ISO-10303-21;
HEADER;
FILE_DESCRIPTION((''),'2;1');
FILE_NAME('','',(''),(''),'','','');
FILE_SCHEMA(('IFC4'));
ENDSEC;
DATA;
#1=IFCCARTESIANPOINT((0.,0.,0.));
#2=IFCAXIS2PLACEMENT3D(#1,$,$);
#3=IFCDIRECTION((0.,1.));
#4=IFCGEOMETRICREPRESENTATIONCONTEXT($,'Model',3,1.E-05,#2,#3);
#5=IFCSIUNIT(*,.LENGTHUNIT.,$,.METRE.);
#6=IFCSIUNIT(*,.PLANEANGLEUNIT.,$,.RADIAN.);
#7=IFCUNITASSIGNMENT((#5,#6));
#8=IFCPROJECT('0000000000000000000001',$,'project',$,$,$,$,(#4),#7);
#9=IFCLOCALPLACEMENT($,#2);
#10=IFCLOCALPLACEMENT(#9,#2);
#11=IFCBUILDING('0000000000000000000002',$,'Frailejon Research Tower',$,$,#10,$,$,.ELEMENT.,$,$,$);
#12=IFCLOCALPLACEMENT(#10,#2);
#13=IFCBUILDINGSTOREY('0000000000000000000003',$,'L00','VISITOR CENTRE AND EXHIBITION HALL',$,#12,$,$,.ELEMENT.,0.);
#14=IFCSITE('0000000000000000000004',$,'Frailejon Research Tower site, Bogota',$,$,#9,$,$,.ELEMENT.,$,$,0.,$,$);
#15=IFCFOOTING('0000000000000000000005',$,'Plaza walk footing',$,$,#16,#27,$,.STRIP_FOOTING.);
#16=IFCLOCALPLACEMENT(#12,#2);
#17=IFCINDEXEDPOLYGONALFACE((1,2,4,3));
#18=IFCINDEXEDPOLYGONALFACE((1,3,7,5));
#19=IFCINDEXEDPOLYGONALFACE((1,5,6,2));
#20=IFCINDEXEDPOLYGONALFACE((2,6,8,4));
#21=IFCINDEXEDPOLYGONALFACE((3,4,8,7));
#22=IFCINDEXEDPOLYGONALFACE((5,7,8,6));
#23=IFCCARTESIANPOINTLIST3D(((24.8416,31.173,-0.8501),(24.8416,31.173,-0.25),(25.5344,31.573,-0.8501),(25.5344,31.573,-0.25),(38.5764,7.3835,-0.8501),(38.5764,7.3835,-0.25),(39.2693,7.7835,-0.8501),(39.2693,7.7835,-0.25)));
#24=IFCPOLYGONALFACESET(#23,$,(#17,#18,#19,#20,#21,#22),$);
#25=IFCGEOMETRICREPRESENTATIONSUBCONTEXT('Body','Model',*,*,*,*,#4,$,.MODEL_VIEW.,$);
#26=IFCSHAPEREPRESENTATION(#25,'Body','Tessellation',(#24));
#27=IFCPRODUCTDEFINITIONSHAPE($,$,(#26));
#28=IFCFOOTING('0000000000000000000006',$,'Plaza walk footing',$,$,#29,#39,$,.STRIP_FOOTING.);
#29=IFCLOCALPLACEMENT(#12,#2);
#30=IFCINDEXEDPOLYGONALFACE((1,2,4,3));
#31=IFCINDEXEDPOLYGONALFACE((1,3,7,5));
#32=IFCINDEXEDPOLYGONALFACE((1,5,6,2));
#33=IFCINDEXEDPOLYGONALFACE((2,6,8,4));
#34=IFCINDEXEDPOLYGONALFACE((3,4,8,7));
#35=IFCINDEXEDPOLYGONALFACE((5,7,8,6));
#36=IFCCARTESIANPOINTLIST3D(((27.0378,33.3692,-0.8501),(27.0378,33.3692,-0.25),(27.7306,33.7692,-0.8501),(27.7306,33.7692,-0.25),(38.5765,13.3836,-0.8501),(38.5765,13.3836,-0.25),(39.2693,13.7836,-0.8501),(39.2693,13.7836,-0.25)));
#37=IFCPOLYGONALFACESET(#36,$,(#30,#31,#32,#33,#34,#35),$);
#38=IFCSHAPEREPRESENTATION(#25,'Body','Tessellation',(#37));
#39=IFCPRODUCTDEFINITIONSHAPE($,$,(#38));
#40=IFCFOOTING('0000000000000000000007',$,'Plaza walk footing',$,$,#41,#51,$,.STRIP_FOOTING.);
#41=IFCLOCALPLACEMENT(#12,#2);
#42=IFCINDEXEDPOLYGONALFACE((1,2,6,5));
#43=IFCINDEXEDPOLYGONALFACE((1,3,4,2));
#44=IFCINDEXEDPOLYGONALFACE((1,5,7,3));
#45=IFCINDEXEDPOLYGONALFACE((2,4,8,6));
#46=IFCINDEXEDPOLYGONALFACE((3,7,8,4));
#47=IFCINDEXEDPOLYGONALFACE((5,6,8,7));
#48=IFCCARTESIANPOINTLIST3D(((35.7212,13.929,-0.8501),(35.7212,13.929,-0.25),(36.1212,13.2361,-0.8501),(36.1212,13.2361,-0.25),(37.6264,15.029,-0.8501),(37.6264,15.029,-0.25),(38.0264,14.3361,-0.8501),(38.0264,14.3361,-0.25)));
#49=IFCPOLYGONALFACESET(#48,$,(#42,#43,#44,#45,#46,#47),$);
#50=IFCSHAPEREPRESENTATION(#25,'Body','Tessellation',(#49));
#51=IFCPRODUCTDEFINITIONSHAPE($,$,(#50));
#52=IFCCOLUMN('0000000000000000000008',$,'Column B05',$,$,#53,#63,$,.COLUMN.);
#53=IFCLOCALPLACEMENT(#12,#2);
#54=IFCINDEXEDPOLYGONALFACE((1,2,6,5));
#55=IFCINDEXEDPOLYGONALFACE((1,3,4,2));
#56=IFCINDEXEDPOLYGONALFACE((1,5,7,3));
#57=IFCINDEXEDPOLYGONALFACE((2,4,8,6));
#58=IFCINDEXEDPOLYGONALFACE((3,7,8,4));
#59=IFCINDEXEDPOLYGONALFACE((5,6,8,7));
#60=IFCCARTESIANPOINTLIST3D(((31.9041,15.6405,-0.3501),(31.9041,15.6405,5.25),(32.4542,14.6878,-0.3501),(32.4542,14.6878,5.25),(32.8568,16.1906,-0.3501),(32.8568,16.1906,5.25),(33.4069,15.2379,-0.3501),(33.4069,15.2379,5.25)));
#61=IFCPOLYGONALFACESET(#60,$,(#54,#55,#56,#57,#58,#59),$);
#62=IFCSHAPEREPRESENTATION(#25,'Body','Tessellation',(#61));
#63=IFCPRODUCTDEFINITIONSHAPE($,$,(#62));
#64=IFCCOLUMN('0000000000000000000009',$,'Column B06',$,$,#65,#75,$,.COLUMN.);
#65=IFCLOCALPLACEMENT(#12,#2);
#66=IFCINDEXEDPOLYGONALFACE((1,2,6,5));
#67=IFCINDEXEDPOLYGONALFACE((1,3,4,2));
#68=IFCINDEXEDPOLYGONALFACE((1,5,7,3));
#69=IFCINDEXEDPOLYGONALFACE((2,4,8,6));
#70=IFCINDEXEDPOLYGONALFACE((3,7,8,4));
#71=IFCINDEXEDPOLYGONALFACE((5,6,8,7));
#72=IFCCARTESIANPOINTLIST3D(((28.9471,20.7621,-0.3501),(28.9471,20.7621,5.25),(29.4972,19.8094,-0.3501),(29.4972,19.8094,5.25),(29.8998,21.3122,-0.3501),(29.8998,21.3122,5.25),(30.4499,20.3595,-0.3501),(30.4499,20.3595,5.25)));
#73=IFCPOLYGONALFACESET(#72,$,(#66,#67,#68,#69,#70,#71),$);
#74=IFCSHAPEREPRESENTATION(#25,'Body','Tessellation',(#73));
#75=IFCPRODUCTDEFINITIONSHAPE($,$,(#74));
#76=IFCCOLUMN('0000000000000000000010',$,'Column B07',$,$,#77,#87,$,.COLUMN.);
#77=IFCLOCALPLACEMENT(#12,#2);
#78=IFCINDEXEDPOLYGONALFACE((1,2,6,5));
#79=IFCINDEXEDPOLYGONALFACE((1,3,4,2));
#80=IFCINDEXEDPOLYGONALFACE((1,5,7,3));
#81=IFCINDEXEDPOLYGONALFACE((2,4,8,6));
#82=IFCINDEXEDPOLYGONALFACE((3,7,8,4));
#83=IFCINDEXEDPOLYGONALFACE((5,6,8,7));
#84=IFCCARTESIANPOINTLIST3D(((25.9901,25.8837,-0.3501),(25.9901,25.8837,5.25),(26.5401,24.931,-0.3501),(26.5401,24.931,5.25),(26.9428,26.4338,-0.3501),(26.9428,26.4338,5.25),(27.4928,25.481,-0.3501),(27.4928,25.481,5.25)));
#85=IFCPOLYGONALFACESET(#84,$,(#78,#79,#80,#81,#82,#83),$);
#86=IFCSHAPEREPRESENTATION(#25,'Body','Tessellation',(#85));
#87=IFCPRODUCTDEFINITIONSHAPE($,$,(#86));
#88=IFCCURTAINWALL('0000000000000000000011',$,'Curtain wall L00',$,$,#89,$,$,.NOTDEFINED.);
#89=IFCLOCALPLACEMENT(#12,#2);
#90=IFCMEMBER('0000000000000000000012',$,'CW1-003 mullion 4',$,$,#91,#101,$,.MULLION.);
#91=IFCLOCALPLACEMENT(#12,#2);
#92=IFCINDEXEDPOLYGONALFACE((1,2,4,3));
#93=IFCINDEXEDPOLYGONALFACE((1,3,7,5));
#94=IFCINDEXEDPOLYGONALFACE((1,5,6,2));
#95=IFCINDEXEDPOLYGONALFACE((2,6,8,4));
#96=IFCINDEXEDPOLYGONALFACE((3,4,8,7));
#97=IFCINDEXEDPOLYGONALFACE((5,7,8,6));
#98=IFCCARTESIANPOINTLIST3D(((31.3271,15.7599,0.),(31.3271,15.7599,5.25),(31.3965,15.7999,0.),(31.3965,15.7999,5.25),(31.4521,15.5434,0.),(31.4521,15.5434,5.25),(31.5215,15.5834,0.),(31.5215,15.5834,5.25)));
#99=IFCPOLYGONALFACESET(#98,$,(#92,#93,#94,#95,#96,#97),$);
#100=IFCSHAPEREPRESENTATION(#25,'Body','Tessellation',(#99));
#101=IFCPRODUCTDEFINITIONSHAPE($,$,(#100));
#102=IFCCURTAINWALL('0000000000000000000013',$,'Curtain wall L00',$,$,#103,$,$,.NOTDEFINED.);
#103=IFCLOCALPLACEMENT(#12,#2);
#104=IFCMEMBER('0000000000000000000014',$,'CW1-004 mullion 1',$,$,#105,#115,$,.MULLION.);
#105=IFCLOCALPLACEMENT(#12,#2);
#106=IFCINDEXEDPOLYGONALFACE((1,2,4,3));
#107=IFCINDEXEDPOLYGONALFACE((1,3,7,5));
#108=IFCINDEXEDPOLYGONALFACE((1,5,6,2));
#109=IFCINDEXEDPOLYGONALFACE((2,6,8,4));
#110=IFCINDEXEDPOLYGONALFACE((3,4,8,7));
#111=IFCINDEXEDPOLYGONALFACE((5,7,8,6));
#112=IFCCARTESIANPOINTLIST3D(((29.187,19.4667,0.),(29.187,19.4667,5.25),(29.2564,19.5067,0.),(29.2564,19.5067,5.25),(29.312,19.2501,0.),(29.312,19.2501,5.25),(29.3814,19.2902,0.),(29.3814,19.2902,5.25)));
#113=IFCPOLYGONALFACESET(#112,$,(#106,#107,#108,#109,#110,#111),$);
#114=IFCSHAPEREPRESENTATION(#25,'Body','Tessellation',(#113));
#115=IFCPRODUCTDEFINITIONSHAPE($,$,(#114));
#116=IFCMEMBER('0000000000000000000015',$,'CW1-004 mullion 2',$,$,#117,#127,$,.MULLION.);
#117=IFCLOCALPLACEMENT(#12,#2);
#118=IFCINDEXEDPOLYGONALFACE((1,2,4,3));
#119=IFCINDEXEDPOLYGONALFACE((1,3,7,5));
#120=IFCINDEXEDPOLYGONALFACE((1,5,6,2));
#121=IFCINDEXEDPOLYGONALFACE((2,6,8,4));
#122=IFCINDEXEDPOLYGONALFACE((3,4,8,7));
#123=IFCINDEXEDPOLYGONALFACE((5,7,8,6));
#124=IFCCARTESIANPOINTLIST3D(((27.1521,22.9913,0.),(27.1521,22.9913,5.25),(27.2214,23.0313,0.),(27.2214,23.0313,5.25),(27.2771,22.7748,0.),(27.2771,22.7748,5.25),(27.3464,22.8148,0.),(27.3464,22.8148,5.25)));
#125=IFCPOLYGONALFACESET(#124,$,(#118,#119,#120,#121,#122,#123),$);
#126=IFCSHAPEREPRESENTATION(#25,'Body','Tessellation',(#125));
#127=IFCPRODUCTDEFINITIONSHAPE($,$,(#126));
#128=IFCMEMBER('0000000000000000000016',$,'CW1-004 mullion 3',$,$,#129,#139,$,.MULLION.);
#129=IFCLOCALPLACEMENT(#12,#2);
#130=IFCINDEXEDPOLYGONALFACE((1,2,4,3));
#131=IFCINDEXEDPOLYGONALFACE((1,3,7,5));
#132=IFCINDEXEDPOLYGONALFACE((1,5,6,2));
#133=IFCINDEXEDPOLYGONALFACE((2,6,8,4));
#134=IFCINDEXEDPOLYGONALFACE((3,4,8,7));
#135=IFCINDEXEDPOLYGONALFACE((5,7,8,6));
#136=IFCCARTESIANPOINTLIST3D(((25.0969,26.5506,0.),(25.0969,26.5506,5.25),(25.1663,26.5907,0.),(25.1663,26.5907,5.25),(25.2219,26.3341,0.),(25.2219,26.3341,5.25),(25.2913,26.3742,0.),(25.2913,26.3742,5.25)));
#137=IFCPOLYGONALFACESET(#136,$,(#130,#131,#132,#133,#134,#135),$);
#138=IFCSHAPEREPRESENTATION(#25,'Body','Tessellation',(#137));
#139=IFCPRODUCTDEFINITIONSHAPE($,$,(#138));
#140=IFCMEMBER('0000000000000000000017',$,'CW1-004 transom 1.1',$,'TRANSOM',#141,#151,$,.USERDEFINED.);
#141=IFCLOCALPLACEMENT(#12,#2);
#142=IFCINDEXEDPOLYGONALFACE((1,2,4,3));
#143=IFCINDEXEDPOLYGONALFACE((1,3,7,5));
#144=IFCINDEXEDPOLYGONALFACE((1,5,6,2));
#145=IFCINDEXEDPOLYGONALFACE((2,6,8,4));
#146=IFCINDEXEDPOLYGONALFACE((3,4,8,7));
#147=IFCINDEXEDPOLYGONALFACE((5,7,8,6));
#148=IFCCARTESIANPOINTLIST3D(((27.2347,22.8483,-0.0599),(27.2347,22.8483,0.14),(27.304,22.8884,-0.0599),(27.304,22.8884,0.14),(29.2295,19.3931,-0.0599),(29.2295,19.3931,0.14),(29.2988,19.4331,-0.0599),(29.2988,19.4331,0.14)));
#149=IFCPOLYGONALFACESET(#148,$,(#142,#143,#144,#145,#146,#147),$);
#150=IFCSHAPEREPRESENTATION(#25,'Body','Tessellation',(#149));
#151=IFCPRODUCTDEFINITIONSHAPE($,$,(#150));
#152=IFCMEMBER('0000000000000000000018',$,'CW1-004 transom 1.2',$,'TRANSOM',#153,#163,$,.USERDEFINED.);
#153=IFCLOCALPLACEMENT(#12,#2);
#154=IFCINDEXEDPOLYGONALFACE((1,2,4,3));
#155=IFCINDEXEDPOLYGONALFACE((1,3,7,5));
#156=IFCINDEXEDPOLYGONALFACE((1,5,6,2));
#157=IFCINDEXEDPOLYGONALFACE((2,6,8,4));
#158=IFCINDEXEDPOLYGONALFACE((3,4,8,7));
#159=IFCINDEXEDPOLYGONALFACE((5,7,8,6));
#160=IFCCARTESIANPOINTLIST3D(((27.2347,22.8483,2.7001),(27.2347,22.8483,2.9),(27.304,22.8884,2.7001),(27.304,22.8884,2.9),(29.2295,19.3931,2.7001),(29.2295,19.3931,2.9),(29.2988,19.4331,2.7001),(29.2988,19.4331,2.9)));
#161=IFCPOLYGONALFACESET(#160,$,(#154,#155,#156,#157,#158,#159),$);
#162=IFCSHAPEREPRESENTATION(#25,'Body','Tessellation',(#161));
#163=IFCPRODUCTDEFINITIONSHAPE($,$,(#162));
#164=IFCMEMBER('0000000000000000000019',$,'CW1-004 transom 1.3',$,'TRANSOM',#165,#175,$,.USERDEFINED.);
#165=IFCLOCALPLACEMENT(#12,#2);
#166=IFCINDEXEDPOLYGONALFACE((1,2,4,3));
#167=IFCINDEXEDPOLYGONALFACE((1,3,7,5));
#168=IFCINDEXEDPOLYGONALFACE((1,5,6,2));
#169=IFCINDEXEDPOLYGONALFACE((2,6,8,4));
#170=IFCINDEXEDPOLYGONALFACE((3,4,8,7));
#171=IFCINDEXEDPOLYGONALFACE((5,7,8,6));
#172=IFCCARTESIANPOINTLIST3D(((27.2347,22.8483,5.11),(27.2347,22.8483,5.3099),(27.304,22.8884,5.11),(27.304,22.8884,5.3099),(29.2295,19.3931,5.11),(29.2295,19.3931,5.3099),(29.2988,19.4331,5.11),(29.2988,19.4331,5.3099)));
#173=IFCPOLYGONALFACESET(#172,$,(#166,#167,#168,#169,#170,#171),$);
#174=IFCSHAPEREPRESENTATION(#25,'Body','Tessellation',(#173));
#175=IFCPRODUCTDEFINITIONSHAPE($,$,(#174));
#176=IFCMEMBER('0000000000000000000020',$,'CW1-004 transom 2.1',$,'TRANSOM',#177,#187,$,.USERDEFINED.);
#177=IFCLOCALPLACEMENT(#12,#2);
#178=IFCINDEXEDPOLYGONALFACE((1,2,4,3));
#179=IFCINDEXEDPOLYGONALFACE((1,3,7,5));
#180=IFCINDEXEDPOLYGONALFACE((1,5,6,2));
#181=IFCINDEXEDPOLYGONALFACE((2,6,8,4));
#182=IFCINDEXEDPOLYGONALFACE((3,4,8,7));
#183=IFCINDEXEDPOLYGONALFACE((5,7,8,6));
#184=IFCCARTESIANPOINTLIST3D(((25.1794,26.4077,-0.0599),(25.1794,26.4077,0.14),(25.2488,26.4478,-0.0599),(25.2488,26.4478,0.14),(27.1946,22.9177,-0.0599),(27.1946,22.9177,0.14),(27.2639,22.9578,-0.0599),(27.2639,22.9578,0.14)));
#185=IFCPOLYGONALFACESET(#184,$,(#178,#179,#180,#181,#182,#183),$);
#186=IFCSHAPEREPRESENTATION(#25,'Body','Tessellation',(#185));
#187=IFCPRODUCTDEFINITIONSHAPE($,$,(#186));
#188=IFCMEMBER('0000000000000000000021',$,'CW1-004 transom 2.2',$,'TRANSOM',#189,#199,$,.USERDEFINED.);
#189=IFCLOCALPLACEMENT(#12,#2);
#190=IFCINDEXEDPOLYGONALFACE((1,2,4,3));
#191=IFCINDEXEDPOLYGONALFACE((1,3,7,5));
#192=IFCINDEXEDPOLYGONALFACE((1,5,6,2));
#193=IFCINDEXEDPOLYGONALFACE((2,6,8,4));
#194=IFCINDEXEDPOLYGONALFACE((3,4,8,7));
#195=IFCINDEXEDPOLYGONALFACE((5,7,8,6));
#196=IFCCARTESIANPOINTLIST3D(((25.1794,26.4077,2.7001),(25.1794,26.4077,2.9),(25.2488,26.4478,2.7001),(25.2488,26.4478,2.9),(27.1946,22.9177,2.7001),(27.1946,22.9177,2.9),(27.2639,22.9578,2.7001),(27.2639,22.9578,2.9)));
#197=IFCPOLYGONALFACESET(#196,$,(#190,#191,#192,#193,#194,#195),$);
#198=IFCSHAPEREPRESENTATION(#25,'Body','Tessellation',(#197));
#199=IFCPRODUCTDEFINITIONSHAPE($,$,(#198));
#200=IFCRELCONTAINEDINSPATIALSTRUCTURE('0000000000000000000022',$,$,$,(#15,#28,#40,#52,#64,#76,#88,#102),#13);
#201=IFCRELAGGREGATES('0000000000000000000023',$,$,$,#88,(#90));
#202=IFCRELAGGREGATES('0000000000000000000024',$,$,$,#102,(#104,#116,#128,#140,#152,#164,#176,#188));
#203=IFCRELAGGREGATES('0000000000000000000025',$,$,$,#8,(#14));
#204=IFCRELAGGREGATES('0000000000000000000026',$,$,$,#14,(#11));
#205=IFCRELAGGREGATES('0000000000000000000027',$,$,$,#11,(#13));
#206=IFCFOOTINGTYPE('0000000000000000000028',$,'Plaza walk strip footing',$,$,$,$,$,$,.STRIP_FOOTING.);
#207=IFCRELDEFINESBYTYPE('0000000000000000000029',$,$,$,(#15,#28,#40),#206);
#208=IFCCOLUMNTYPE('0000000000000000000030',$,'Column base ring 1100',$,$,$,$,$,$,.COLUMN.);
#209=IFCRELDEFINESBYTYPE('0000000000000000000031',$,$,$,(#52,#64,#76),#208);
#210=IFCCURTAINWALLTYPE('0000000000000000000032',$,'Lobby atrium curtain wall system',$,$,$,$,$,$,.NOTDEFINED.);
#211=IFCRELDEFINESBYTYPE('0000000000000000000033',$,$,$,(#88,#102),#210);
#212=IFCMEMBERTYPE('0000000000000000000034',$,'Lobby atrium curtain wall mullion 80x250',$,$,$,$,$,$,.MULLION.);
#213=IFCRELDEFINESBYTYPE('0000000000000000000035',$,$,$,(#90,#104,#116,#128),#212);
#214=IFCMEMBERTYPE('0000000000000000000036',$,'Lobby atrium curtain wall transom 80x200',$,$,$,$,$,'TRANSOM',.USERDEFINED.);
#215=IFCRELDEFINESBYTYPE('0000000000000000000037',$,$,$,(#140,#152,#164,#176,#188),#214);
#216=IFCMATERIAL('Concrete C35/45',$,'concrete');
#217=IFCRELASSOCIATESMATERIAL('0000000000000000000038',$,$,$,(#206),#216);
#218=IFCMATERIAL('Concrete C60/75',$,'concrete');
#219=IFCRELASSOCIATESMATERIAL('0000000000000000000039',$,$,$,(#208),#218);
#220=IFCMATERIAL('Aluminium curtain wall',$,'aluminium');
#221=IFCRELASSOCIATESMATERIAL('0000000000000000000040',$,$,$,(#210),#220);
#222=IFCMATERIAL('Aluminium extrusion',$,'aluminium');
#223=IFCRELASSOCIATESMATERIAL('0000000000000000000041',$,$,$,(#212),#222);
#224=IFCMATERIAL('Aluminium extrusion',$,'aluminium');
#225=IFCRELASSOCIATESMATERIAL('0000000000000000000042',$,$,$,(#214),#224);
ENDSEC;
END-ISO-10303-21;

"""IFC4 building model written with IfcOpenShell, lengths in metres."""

from ifc_helpers import new_model, si_unit, direction, frame, origin, origin_2d, place, context, subcontext, project, spatial, rectangle, extrude, material, material_profile, profile_set, type_object, element, aggregate, save


model = new_model("IFC4")

# Units and contexts
model_context = context("Model", 3, precision=1e-05, world=origin(), true_north=direction((0.0, 1.0)))
body_context = subcontext(model_context, "Body", "Model", "MODEL_VIEW")
ifc_project = project(units=[si_unit("LENGTHUNIT", "METRE"), si_unit("PLANEANGLEUNIT", "RADIAN")], contexts=[model_context])

# Site, building, storey
site_placement = place(None, origin())
site = spatial("IfcSite", under=ifc_project, at=site_placement, Name="Frailejon Research Tower site, Bogota", CompositionType="ELEMENT", RefElevation=0.0)
building_placement = place(site_placement, origin())
building = spatial("IfcBuilding", under=site, at=building_placement, Name="Frailejon Research Tower", CompositionType="ELEMENT")
storey_placement = place(building_placement, origin())
storey = spatial("IfcBuildingStorey", under=building, at=storey_placement, Name="L00", Description="VISITOR CENTRE AND EXHIBITION HALL", CompositionType="ELEMENT", Elevation=0.0)

# Footings
ifc_material_1 = material(Name="Concrete C35/45", Category="concrete")
footing_type = type_object("IfcFootingType", Name="Plaza walk strip footing", PredefinedType="STRIP_FOOTING", material=ifc_material_1)
footing_1_placement = place(storey_placement, frame((32.0554, 19.4783, -0.8501), z_axis=(0.0, 0.0, 1.0), x_axis=(0.866025, 0.5, 0.0)))
element("IfcFooting", 1, at=footing_1_placement, inside=storey, type_object=footing_type, Name="Plaza walk footing", PredefinedType="STRIP_FOOTING", context=body_context, shape_type="SweptSolid", body=[
    extrude(rectangle(XDim=0.8, YDim=27.4697, at=origin_2d()), origin(), (0.0, 0.0, 1.0), 0.6001),
])
footing_2_placement = place(storey_placement, frame((33.1536, 23.5764, -0.8501), z_axis=(0.0, 0.0, 1.0), x_axis=(0.866025, 0.5, 0.0)))
element("IfcFooting", 2, at=footing_2_placement, inside=storey, type_object=footing_type, Name="Plaza walk footing", PredefinedType="STRIP_FOOTING", context=body_context, shape_type="SweptSolid", body=[
    extrude(rectangle(XDim=0.8, YDim=23.0774, at=origin_2d()), origin(), (0.0, 0.0, 1.0), 0.6001),
])
footing_3_placement = place(storey_placement, frame((36.8738, 14.1326, -0.8501), z_axis=(0.0, 0.0, 1.0), x_axis=(0.5, -0.866025, 0.0)))
element("IfcFooting", 3, at=footing_3_placement, inside=storey, type_object=footing_type, Name="Plaza walk footing", PredefinedType="STRIP_FOOTING", context=body_context, shape_type="SweptSolid", body=[
    extrude(rectangle(XDim=0.8, YDim=2.2, at=origin_2d()), origin(), (0.0, 0.0, 1.0), 0.6001),
])

# Columns
ifc_material_2 = material(Name="Concrete C60/75", Category="concrete")
ifc_material_profile_1 = material_profile(ifc_material_2, rectangle(XDim=1.1001, YDim=1.1001, at=origin_2d()), Name="Column base ring 1100")
ifc_profile_set_1 = profile_set([ifc_material_profile_1], Name="Concrete C60/75")
column_type = type_object("IfcColumnType", Name="Column base ring 1100", PredefinedType="COLUMN", material=ifc_profile_set_1)
for number, where, z_axis, x_axis, name in (
    (4, (32.6555, 15.4392, -0.3501), (0.0, 0.0, 1.0), (-0.5, 0.866025, 0.0), "Column B05"),
    (5, (29.6985, 20.5608, -0.3501), (0.0, 0.0, 1.0), (-0.5, 0.866025, 0.0), "Column B06"),
    (6, (26.7415, 25.6824, -0.3501), (0.0, 0.0, 1.0), (-0.5, 0.866025, 0.0), "Column B07"),
):
    element("IfcColumn", number, at=place(storey_placement, frame(where, z_axis=z_axis, x_axis=x_axis)), inside=storey, type_object=column_type, Name=name, PredefinedType="COLUMN", context=body_context, shape_type="SweptSolid", body=[
        extrude(rectangle(XDim=1.1001, YDim=1.1001, at=origin_2d()), origin(), (0.0, 0.0, 1.0), 5.6001),
    ])

# Curtain wall, member
ifc_material_3 = material(Name="Aluminium curtain wall", Category="aluminium")
curtain_wall_type = type_object("IfcCurtainWallType", Name="Lobby atrium curtain wall system", PredefinedType="NOTDEFINED", material=ifc_material_3)
curtain_wall_1_placement = place(storey_placement, origin())
curtain_wall_1 = element("IfcCurtainWall", 7, at=curtain_wall_1_placement, inside=storey, type_object=curtain_wall_type, Name="Curtain wall L00", PredefinedType="NOTDEFINED")
ifc_material_4 = material(Name="Aluminium extrusion", Category="aluminium")
ifc_material_profile_2 = material_profile(ifc_material_4, rectangle(XDim=0.0801, YDim=0.25, at=origin_2d()), Name="Lobby atrium curtain wall mullion 80x250")
ifc_profile_set_2 = profile_set([ifc_material_profile_2], Name="Aluminium extrusion")
member_type_1 = type_object("IfcMemberType", Name="Lobby atrium curtain wall mullion 80x250", PredefinedType="MULLION", material=ifc_profile_set_2)
member_1_placement = place(storey_placement, frame((31.4243, 15.6716, 0.0), z_axis=(0.0, 0.0, 1.0), x_axis=(-0.866026, -0.5, 0.0)))
member_1 = element("IfcMember", 8, at=member_1_placement, type_object=member_type_1, Name="CW1-003 mullion 4", PredefinedType="MULLION", context=body_context, shape_type="SweptSolid", body=[
    extrude(rectangle(XDim=0.0801, YDim=0.25, at=origin_2d()), origin(), (0.0, 0.0, 1.0), 5.25),
])

# Curtain wall, members
curtain_wall_2_placement = place(storey_placement, origin())
curtain_wall_2 = element("IfcCurtainWall", 9, at=curtain_wall_2_placement, inside=storey, type_object=curtain_wall_type, Name="Curtain wall L00", PredefinedType="NOTDEFINED")
member_2_placement = place(storey_placement, frame((29.2842, 19.3784, 0.0), z_axis=(0.0, 0.0, 1.0), x_axis=(-0.866026, -0.5, 0.0)))
member_2 = element("IfcMember", 10, at=member_2_placement, type_object=member_type_1, Name="CW1-004 mullion 1", PredefinedType="MULLION", context=body_context, shape_type="SweptSolid", body=[
    extrude(rectangle(XDim=0.0801, YDim=0.25, at=origin_2d()), origin(), (0.0, 0.0, 1.0), 5.25),
])
member_3_placement = place(storey_placement, frame((27.2493, 22.9031, 0.0), z_axis=(0.0, 0.0, 1.0), x_axis=(-0.866026, -0.5, 0.0)))
member_3 = element("IfcMember", 11, at=member_3_placement, type_object=member_type_1, Name="CW1-004 mullion 2", PredefinedType="MULLION", context=body_context, shape_type="SweptSolid", body=[
    extrude(rectangle(XDim=0.0801, YDim=0.25, at=origin_2d()), origin(), (0.0, 0.0, 1.0), 5.25),
])
member_4_placement = place(storey_placement, frame((25.1941, 26.4624, 0.0), z_axis=(0.0, 0.0, 1.0), x_axis=(-0.866026, -0.5, 0.0)))
member_4 = element("IfcMember", 12, at=member_4_placement, type_object=member_type_1, Name="CW1-004 mullion 3", PredefinedType="MULLION", context=body_context, shape_type="SweptSolid", body=[
    extrude(rectangle(XDim=0.0801, YDim=0.25, at=origin_2d()), origin(), (0.0, 0.0, 1.0), 5.25),
])
ifc_material_5 = material(Name="Aluminium extrusion", Category="aluminium")
ifc_material_profile_3 = material_profile(ifc_material_5, rectangle(XDim=0.0801, YDim=0.2, at=origin_2d()), Name="Lobby atrium curtain wall transom 80x200")
ifc_profile_set_3 = profile_set([ifc_material_profile_3], Name="Aluminium extrusion")
member_type_2 = type_object("IfcMemberType", Name="Lobby atrium curtain wall transom 80x200", ElementType="TRANSOM", PredefinedType="USERDEFINED", material=ifc_profile_set_3)
member_5_placement = place(storey_placement, frame((29.2642, 19.4131, 0.04), z_axis=(-0.499989, 0.866032, 0.0), x_axis=(-0.866032, -0.499989, 0.0)))
member_5 = element("IfcMember", 13, at=member_5_placement, type_object=member_type_2, Name="CW1-004 transom 1.1", ObjectType="TRANSOM", PredefinedType="USERDEFINED", context=body_context, shape_type="SweptSolid", body=[
    extrude(rectangle(XDim=0.0801, YDim=0.2, at=origin_2d()), origin(), (0.0, 0.0, 1.0), 3.9897),
])
member_6_placement = place(storey_placement, frame((29.2642, 19.4131, 2.8), z_axis=(-0.499989, 0.866032, 0.0), x_axis=(-0.866032, -0.499989, 0.0)))
member_6 = element("IfcMember", 14, at=member_6_placement, type_object=member_type_2, Name="CW1-004 transom 1.2", ObjectType="TRANSOM", PredefinedType="USERDEFINED", context=body_context, shape_type="SweptSolid", body=[
    extrude(rectangle(XDim=0.0801, YDim=0.2, at=origin_2d()), origin(), (0.0, 0.0, 1.0), 3.9897),
])
member_7_placement = place(storey_placement, frame((29.2642, 19.4131, 5.21), z_axis=(-0.499989, 0.866032, 0.0), x_axis=(-0.866032, -0.499989, 0.0)))
member_7 = element("IfcMember", 15, at=member_7_placement, type_object=member_type_2, Name="CW1-004 transom 1.3", ObjectType="TRANSOM", PredefinedType="USERDEFINED", context=body_context, shape_type="SweptSolid", body=[
    extrude(rectangle(XDim=0.0801, YDim=0.2, at=origin_2d()), origin(), (0.0, 0.0, 1.0), 3.9897),
])
member_8_placement = place(storey_placement, frame((27.2292, 22.9377, 0.04), z_axis=(-0.500035, 0.866005, 0.0), x_axis=(-0.866005, -0.500035, 0.0)))
member_8 = element("IfcMember", 16, at=member_8_placement, type_object=member_type_2, Name="CW1-004 transom 2.1", ObjectType="TRANSOM", PredefinedType="USERDEFINED", context=body_context, shape_type="SweptSolid", body=[
    extrude(rectangle(XDim=0.0801, YDim=0.2, at=origin_2d()), origin(), (0.0, 0.0, 1.0), 4.03),
])
member_9_placement = place(storey_placement, frame((27.2292, 22.9377, 2.8), z_axis=(-0.500035, 0.866005, 0.0), x_axis=(-0.866005, -0.500035, 0.0)))
member_9 = element("IfcMember", 17, at=member_9_placement, type_object=member_type_2, Name="CW1-004 transom 2.2", ObjectType="TRANSOM", PredefinedType="USERDEFINED", context=body_context, shape_type="SweptSolid", body=[
    extrude(rectangle(XDim=0.0801, YDim=0.2, at=origin_2d()), origin(), (0.0, 0.0, 1.0), 4.03),
])

aggregate(curtain_wall_1, [member_1])
aggregate(curtain_wall_2, [member_2, member_3, member_4, member_5, member_6, member_7, member_8, member_9])

save(model, "model.ifc")
